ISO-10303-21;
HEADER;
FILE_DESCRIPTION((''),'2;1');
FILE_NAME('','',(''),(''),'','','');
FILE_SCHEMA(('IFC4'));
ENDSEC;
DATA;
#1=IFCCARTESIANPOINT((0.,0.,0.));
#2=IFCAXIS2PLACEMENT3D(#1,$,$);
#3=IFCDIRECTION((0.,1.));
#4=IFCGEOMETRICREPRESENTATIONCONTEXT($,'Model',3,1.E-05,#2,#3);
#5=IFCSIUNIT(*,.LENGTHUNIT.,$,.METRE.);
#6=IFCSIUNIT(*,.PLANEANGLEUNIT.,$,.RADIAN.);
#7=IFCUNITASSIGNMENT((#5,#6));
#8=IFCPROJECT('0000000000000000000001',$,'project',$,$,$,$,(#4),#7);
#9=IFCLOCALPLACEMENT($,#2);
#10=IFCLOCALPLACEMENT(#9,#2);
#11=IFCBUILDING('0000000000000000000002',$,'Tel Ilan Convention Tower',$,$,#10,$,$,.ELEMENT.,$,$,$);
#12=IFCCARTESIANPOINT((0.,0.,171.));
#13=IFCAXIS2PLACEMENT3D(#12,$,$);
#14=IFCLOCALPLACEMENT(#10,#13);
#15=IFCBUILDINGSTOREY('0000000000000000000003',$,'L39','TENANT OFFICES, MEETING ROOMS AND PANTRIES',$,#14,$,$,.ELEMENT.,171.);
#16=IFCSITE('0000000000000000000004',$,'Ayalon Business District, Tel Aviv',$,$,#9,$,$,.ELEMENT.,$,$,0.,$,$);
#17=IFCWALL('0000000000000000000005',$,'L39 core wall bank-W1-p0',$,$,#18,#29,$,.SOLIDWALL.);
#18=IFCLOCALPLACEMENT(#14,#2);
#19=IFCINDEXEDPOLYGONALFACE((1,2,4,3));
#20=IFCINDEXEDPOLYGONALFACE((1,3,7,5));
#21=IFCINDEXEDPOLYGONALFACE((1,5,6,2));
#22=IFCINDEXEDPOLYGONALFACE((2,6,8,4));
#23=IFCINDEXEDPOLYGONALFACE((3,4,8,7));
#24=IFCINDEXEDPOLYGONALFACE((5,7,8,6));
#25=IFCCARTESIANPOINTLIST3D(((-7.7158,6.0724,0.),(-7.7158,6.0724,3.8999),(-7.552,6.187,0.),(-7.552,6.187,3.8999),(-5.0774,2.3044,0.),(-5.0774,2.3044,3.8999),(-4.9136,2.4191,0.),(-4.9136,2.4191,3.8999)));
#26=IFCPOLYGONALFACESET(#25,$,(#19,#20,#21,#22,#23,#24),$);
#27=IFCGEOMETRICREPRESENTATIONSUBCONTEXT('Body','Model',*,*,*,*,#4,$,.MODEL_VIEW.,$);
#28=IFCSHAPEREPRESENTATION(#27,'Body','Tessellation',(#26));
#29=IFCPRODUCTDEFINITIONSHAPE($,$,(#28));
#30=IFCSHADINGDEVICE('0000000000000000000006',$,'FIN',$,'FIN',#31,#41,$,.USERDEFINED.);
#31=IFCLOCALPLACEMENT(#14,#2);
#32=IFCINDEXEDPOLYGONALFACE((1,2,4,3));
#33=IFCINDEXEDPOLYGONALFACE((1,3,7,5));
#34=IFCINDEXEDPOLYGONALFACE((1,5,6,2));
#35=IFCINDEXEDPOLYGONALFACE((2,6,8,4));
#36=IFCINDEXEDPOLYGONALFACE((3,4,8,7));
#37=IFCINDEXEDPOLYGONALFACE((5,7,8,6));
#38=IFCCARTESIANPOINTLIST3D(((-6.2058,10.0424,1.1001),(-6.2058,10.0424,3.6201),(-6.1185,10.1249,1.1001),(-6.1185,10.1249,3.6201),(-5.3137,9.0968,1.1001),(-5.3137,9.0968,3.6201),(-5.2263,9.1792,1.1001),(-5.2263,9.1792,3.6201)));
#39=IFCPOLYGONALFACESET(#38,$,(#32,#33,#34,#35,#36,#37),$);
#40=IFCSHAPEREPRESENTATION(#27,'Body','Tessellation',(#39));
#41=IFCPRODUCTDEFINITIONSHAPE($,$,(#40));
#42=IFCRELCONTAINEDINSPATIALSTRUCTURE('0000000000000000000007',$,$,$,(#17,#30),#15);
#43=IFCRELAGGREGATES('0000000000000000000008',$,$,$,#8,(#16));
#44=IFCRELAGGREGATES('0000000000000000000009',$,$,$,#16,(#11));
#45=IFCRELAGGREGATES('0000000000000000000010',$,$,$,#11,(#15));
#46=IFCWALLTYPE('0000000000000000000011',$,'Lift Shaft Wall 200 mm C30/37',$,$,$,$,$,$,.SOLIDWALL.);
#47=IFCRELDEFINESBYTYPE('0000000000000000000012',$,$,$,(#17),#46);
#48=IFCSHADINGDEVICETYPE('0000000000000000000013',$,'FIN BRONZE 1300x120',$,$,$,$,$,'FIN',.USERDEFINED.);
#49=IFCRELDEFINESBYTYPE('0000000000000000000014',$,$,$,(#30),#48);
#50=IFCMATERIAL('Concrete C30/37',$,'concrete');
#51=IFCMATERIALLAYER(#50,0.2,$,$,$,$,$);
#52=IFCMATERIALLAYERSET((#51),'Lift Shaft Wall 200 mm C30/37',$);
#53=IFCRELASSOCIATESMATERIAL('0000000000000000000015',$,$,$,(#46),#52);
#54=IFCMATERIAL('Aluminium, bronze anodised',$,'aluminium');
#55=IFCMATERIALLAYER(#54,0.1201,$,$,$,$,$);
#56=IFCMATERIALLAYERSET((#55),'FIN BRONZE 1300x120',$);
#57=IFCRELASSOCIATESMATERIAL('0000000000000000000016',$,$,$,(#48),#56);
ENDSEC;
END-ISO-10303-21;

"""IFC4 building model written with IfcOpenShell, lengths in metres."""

from ifc_helpers import new_model, si_unit, direction, frame, frame_2d, origin, origin_2d, place, context, subcontext, project, spatial, rectangle, extrude, material, layer, layer_set, type_object, element, save


model = new_model("IFC4")

# Units and contexts
model_context = context("Model", 3, precision=1e-05, world=origin(), true_north=direction((0.0, 1.0)))
body_context = subcontext(model_context, "Body", "Model", "MODEL_VIEW")
ifc_project = project(units=[si_unit("LENGTHUNIT", "METRE"), si_unit("PLANEANGLEUNIT", "RADIAN")], contexts=[model_context])

# Site, building, storey
site_placement = place(None, origin())
site = spatial("IfcSite", under=ifc_project, at=site_placement, Name="Ayalon Business District, Tel Aviv", CompositionType="ELEMENT", RefElevation=0.0)
building_placement = place(site_placement, origin())
building = spatial("IfcBuilding", under=site, at=building_placement, Name="Tel Ilan Convention Tower", CompositionType="ELEMENT")
storey_placement = place(building_placement, frame((0.0, 0.0, 171.0)))
storey = spatial("IfcBuildingStorey", under=building, at=storey_placement, Name="L39", Description="TENANT OFFICES, MEETING ROOMS AND PANTRIES", CompositionType="ELEMENT", Elevation=171.0)

# Wall
ifc_material_1 = material(Name="Concrete C30/37", Category="concrete")
ifc_layer_1 = layer(ifc_material_1, 0.2)
ifc_layer_set_1 = layer_set([ifc_layer_1], Name="Lift Shaft Wall 200 mm C30/37")
wall_type_1 = type_object("IfcWallType", Name="Lift Shaft Wall 200 mm C30/37", PredefinedType="SOLIDWALL", material=ifc_layer_set_1)
wall_1_placement = place(storey_placement, frame((-4.9956, 2.3618, 0.0), z_axis=(0.0, 0.0, 1.0), x_axis=(-0.573576, 0.819152, 0.0)))
element("IfcWall", 1, at=wall_1_placement, inside=storey, type_object=wall_type_1, Name="L39 core wall bank-W1-p0", PredefinedType="SOLIDWALL", context=body_context, shape_type="SweptSolid", body=[
    extrude(rectangle(XDim=4.5999, YDim=0.2, at=frame_2d((2.2998, 0.0))), origin(), (0.0, 0.0, 1.0), 3.8999),
])

# Shading device
ifc_material_2 = material(Name="Aluminium, bronze anodised", Category="aluminium")
ifc_layer_2 = layer(ifc_material_2, 0.1201)
ifc_layer_set_2 = layer_set([ifc_layer_2], Name="FIN BRONZE 1300x120")
shading_device_type = type_object("IfcShadingDeviceType", Name="FIN BRONZE 1300x120", ElementType="FIN", PredefinedType="USERDEFINED", material=ifc_layer_set_2)
shading_device_placement = place(storey_placement, frame((-5.7161, 9.6108, 1.1001), z_axis=(0.0, 0.0, 1.0), x_axis=(-0.686242, 0.727374, 0.0)))
element("IfcShadingDevice", 2, at=shading_device_placement, inside=storey, type_object=shading_device_type, Name="FIN", ObjectType="FIN", PredefinedType="USERDEFINED", context=body_context, shape_type="SweptSolid", body=[
    extrude(rectangle(XDim=1.3, YDim=0.1201, at=origin_2d()), origin(), (0.0, 0.0, 1.0), 2.52),
])

save(model, "model.ifc")
